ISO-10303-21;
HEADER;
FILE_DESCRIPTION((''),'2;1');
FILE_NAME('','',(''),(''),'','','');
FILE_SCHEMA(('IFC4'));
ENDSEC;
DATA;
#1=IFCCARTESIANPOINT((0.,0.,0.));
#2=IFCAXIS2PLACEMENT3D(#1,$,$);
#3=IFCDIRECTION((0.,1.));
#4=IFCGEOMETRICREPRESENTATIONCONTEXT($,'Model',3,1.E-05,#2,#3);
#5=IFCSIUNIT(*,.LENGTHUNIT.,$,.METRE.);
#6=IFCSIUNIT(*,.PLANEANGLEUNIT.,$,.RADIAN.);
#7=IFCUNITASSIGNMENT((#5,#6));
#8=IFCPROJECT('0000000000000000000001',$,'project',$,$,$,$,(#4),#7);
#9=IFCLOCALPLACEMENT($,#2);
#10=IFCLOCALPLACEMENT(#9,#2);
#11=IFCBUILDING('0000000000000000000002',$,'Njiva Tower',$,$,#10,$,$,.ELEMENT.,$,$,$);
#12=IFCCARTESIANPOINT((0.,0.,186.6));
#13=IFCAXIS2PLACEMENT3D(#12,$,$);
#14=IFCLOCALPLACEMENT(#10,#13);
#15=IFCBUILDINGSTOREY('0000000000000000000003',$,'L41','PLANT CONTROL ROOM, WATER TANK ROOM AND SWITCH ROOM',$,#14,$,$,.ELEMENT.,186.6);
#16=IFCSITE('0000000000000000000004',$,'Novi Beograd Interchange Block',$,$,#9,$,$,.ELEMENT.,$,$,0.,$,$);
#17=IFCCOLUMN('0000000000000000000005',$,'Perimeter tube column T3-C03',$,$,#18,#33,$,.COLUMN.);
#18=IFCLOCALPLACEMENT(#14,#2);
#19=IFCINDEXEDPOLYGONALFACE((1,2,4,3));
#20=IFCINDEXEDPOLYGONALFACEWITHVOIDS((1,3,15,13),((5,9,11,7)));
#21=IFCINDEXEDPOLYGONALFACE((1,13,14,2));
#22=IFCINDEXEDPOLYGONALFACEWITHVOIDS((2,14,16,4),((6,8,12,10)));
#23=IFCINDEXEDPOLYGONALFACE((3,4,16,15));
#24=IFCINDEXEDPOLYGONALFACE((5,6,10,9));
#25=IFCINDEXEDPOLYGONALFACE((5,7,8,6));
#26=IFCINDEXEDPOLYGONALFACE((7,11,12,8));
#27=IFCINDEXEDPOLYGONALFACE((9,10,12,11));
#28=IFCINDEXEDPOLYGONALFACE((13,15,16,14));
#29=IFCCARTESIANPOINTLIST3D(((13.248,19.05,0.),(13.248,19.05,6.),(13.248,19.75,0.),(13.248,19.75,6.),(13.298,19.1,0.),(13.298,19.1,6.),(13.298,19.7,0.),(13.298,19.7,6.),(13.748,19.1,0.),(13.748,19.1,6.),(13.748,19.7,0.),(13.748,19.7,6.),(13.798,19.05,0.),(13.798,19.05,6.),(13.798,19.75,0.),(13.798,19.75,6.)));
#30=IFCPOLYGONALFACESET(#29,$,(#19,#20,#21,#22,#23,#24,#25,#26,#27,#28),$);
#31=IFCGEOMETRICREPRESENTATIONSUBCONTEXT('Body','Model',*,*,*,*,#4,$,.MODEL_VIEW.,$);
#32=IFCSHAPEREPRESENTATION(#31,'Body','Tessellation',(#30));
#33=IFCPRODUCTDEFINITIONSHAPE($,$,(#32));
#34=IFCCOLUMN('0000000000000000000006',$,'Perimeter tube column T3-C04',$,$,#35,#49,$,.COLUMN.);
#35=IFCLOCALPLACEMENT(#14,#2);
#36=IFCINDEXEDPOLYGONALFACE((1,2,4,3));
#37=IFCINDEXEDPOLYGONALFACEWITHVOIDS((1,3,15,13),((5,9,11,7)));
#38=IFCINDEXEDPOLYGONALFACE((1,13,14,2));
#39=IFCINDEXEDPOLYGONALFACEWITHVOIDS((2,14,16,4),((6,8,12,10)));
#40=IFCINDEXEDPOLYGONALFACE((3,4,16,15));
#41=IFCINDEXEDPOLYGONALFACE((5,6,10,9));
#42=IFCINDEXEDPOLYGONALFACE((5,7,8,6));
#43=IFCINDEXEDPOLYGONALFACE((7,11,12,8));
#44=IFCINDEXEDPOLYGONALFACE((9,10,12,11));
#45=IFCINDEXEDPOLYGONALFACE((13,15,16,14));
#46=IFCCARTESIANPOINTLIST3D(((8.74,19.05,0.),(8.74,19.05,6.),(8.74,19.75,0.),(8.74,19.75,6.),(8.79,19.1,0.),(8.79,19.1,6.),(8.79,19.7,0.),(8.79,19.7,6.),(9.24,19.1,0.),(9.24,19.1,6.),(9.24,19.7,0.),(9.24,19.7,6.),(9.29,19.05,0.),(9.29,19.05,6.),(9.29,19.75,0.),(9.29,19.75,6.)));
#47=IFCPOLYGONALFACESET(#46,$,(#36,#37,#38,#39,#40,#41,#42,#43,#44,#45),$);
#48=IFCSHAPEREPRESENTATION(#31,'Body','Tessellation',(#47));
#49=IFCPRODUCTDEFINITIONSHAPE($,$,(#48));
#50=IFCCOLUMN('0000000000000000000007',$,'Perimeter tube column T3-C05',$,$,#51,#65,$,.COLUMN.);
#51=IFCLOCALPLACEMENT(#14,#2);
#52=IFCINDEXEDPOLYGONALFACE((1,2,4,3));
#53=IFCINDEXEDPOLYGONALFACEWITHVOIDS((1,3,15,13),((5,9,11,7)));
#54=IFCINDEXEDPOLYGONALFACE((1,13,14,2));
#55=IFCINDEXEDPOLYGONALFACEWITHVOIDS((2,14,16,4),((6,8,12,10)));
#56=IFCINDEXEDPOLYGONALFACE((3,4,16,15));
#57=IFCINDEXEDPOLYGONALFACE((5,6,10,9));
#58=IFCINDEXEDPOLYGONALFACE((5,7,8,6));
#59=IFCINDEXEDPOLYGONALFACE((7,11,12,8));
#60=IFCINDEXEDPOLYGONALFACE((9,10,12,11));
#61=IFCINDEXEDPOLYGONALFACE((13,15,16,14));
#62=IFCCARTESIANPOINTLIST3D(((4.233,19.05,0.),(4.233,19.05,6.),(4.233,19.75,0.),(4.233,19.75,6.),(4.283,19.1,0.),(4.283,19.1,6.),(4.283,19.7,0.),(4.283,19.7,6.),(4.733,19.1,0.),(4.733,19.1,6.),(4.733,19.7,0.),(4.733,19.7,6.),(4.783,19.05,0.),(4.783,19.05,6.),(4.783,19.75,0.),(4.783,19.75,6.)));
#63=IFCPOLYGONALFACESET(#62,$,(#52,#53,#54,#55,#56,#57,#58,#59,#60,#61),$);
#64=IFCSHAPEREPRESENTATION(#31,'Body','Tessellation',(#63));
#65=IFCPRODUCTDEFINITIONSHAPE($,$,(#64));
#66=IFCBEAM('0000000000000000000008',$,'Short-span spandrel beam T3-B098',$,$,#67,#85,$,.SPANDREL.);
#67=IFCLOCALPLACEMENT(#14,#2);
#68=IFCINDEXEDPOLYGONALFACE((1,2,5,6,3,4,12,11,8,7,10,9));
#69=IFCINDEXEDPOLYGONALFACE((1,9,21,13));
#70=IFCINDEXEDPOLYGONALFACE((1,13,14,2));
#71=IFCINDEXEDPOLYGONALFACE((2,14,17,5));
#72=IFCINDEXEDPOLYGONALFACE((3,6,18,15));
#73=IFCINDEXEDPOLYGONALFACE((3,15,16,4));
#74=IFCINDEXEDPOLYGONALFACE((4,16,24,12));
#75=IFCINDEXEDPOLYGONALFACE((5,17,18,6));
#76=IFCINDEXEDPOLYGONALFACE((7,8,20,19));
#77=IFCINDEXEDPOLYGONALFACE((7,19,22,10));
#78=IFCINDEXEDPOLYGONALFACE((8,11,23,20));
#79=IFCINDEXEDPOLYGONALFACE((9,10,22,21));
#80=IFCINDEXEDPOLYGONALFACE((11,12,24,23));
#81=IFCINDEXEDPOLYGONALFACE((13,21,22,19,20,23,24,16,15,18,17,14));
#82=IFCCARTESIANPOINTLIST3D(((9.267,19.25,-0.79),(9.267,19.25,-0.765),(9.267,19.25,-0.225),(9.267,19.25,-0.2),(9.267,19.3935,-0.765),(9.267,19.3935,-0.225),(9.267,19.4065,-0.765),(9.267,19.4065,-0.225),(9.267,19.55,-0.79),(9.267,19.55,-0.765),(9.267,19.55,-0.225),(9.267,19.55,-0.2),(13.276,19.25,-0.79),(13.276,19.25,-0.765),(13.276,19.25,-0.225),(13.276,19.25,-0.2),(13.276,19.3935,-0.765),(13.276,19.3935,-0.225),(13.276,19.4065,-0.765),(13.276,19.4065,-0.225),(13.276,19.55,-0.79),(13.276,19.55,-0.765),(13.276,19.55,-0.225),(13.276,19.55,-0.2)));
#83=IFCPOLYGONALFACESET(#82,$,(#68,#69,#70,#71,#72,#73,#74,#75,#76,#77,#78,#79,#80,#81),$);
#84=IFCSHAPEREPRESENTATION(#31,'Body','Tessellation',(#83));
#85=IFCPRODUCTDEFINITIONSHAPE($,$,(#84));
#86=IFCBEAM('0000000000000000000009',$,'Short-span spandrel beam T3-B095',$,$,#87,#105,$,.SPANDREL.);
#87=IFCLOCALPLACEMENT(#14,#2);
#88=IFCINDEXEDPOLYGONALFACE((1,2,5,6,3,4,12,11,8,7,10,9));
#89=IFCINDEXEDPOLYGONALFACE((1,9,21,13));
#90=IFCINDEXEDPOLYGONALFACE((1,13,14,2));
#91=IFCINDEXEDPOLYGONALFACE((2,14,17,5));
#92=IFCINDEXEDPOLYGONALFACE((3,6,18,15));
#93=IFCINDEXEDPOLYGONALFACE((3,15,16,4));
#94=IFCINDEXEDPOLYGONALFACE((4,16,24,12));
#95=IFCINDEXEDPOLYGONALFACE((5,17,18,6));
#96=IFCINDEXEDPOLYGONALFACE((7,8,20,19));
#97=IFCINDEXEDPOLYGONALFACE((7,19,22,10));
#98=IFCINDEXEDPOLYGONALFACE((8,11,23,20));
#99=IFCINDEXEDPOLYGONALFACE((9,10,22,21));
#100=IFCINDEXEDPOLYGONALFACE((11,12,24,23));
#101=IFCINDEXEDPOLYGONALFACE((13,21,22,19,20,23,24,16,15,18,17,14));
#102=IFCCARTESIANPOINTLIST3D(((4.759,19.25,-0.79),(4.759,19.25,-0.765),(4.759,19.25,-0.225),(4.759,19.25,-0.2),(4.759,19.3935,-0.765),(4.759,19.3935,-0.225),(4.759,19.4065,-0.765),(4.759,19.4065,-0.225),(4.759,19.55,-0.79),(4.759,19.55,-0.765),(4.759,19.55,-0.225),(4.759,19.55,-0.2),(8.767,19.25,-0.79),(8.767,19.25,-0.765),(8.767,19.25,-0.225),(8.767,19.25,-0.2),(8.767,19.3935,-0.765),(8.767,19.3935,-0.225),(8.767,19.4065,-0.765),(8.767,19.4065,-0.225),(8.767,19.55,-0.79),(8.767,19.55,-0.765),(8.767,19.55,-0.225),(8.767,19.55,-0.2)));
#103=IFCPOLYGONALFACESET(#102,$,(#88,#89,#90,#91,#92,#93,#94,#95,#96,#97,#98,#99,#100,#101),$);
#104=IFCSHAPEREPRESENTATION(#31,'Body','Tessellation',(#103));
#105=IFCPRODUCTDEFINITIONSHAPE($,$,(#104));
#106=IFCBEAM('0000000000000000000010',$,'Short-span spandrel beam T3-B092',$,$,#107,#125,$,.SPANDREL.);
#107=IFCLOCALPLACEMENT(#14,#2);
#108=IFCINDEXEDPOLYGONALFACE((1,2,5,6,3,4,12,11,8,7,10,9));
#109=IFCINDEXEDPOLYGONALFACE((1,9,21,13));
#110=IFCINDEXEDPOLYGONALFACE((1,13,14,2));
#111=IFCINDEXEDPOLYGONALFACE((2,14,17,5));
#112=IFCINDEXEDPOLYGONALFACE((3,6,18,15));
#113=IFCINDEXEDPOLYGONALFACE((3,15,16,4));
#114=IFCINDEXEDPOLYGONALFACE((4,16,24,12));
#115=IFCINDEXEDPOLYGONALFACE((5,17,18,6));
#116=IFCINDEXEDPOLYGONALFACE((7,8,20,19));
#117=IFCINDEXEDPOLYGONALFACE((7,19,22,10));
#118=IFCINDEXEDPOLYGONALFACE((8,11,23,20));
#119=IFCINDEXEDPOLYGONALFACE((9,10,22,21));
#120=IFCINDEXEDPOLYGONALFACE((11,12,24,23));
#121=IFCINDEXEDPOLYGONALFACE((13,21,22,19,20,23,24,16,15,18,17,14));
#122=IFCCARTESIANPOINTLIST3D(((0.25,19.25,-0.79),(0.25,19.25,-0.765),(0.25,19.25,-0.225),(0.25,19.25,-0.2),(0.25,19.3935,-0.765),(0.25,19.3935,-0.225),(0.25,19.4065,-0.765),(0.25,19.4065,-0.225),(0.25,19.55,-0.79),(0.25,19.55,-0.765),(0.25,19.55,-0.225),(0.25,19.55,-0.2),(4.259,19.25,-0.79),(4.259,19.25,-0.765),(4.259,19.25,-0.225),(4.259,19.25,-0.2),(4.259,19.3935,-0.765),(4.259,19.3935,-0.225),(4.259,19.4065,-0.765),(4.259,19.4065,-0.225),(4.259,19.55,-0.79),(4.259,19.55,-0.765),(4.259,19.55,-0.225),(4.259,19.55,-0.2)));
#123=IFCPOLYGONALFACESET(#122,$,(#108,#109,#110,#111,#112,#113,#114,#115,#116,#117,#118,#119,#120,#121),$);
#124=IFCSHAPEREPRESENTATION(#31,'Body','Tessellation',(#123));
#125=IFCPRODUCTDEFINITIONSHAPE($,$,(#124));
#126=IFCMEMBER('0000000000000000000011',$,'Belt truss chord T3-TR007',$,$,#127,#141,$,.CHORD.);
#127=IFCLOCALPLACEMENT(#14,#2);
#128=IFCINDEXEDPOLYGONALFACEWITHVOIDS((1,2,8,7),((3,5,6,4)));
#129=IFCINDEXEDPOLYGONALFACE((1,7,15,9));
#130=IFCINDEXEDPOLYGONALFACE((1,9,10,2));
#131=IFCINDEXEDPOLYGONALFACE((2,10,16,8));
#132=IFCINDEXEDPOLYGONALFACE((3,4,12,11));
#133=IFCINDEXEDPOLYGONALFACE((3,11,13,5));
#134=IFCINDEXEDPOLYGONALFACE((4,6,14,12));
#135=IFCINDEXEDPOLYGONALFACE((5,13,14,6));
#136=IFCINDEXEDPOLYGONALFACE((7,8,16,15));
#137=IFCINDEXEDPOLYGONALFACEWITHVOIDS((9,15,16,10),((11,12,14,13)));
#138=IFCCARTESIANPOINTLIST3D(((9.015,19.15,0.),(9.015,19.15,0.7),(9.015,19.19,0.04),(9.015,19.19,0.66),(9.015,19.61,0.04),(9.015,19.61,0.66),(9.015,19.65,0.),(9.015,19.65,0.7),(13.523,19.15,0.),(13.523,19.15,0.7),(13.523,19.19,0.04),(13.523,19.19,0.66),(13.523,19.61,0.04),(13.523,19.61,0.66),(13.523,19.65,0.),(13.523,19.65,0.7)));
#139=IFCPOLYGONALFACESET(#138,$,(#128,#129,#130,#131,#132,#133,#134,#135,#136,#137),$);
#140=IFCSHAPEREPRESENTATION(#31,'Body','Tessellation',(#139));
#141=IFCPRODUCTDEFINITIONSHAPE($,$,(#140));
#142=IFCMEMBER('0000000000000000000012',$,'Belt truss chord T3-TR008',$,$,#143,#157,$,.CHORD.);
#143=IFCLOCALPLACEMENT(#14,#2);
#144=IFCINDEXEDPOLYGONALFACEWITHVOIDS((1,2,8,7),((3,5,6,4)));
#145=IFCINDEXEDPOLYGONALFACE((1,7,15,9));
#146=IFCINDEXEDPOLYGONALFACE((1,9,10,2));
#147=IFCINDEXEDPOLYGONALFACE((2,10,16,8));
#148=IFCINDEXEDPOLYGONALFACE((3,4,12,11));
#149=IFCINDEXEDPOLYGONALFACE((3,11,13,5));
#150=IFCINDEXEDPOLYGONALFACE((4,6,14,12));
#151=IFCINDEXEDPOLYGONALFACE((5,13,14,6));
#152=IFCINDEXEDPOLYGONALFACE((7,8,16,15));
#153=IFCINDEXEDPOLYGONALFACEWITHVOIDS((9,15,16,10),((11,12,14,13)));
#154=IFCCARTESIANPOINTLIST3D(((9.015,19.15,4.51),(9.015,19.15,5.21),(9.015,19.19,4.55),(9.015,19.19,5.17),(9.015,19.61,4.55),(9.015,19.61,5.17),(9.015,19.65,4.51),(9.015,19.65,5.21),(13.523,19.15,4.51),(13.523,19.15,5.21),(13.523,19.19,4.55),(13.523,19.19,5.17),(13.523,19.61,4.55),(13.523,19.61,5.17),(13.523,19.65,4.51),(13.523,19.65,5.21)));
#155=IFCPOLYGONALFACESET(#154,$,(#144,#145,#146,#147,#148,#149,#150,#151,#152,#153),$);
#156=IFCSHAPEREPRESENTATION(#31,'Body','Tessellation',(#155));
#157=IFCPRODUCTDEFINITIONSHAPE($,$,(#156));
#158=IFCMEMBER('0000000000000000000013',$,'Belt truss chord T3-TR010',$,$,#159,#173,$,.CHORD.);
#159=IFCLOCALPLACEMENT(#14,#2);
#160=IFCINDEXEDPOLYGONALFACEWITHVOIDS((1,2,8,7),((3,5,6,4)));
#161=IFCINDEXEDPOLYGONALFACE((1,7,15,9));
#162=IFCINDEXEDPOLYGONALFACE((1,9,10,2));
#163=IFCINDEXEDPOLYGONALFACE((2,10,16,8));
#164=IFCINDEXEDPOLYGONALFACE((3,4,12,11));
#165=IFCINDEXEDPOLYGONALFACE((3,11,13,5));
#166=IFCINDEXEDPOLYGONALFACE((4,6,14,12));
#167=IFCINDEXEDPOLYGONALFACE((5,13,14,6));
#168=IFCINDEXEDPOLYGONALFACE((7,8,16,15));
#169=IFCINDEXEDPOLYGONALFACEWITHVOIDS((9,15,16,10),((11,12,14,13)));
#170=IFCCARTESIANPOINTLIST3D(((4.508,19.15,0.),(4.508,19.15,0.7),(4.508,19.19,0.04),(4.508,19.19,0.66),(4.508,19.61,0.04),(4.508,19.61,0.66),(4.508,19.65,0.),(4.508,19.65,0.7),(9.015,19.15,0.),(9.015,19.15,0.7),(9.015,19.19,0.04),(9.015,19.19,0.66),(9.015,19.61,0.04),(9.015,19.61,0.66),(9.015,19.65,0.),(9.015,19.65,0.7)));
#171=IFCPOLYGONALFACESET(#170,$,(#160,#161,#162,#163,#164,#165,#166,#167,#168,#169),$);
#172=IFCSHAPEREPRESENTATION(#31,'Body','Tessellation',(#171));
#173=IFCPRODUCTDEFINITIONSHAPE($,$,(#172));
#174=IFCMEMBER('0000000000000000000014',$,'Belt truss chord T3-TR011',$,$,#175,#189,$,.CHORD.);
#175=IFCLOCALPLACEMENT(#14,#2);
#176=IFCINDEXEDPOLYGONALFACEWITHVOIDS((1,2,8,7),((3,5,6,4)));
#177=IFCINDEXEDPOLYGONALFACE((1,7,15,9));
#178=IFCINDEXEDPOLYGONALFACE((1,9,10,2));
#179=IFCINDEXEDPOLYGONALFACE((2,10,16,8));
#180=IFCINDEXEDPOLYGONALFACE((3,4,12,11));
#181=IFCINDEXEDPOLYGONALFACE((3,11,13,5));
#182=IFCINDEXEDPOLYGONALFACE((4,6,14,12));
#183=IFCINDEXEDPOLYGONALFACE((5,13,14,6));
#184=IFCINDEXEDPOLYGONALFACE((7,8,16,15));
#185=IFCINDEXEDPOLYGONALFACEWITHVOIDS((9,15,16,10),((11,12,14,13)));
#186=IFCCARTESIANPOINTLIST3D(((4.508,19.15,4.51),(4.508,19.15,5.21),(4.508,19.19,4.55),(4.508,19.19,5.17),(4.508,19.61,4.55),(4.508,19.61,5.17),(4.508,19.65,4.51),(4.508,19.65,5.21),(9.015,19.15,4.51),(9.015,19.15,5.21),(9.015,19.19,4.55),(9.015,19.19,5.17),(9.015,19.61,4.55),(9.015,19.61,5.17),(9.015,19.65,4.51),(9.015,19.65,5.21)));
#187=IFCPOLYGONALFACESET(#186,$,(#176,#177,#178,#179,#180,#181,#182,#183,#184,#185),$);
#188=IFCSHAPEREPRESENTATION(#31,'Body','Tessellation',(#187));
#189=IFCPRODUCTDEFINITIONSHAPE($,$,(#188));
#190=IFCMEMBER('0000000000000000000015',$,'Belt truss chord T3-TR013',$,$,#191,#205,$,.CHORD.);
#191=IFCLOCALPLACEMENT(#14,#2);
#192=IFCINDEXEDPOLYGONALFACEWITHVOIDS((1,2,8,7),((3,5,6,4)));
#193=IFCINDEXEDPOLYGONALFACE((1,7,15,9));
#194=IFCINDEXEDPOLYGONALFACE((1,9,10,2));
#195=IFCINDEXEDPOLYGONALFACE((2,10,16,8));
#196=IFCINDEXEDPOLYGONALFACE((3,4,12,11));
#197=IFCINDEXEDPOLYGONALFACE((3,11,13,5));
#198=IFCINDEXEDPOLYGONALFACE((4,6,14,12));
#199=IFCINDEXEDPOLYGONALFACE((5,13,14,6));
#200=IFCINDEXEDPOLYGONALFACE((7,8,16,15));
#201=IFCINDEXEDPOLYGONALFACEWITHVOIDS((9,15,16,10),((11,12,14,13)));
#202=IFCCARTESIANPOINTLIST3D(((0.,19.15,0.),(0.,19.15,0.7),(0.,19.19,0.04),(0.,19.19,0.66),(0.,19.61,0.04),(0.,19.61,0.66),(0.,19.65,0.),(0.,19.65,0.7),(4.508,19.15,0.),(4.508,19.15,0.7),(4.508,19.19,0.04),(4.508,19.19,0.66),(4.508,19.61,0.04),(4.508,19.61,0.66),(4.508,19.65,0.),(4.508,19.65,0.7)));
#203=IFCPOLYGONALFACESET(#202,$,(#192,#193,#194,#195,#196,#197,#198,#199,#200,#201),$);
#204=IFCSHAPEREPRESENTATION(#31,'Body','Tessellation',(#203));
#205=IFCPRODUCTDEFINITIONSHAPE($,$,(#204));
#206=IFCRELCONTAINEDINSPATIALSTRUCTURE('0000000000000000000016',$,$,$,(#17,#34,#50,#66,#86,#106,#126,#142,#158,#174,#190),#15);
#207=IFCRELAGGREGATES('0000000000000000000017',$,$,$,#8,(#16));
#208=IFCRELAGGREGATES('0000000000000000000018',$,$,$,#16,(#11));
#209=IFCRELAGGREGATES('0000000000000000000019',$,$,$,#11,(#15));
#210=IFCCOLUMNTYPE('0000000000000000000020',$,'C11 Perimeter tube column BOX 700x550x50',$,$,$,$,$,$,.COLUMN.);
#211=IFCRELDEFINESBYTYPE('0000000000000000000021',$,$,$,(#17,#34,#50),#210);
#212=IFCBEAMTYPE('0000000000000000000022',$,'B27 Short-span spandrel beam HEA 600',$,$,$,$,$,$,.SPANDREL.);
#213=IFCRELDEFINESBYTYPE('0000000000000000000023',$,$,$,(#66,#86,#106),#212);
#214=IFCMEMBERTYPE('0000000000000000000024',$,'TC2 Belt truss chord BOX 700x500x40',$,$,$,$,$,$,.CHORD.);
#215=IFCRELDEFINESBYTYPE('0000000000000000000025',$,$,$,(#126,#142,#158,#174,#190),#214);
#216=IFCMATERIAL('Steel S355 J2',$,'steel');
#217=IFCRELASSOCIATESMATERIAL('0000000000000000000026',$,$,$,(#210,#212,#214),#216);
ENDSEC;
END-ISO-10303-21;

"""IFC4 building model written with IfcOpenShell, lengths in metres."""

from ifc_helpers import new_model, si_unit, direction, frame, origin, origin_2d, place, context, subcontext, project, spatial, hollow_rectangle, i_section, extrude, material, material_profile, profile_set, type_object, element, save


model = new_model("IFC4")

# Units and contexts
model_context = context("Model", 3, precision=1e-05, world=origin(), true_north=direction((0.0, 1.0)))
body_context = subcontext(model_context, "Body", "Model", "MODEL_VIEW")
ifc_project = project(units=[si_unit("LENGTHUNIT", "METRE"), si_unit("PLANEANGLEUNIT", "RADIAN")], contexts=[model_context])

# Site, building, storey
site_placement = place(None, origin())
site = spatial("IfcSite", under=ifc_project, at=site_placement, Name="Novi Beograd Interchange Block", CompositionType="ELEMENT", RefElevation=0.0)
building_placement = place(site_placement, origin())
building = spatial("IfcBuilding", under=site, at=building_placement, Name="Njiva Tower", CompositionType="ELEMENT")
storey_placement = place(building_placement, frame((0.0, 0.0, 186.6)))
storey = spatial("IfcBuildingStorey", under=building, at=storey_placement, Name="L41", Description="PLANT CONTROL ROOM, WATER TANK ROOM AND SWITCH ROOM", CompositionType="ELEMENT", Elevation=186.6)

# Columns
ifc_material_1 = material(Name="Steel S355 J2", Category="steel")
ifc_material_profile_1 = material_profile(ifc_material_1, hollow_rectangle(XDim=0.55, YDim=0.7, WallThickness=0.05, at=origin_2d()), Name="BOX 700x550x50")
ifc_profile_set_1 = profile_set([ifc_material_profile_1], Name="Steel S355 J2")
column_type = type_object("IfcColumnType", Name="C11 Perimeter tube column BOX 700x550x50", PredefinedType="COLUMN", material=ifc_profile_set_1)
for number, where, z_axis, x_axis, name in (
    (1, (13.523, 19.4, 0.0), (0.0, 0.0, 1.0), (-1.0, 0.0, 0.0), "Perimeter tube column T3-C03"),
    (2, (9.015, 19.4, 0.0), (0.0, 0.0, 1.0), (-1.0, 0.0, 0.0), "Perimeter tube column T3-C04"),
    (3, (4.508, 19.4, 0.0), (0.0, 0.0, 1.0), (-1.0, 0.0, 0.0), "Perimeter tube column T3-C05"),
):
    element("IfcColumn", number, at=place(storey_placement, frame(where, z_axis=z_axis, x_axis=x_axis)), inside=storey, type_object=column_type, Name=name, PredefinedType="COLUMN", context=body_context, shape_type="SweptSolid", body=[
        extrude(hollow_rectangle(XDim=0.55, YDim=0.7, WallThickness=0.05, at=origin_2d()), origin(), (0.0, 0.0, 1.0), 6.0),
    ])

# Beams
ifc_material_profile_2 = material_profile(ifc_material_1, i_section(OverallWidth=0.3, OverallDepth=0.59, WebThickness=0.013, FlangeThickness=0.025, at=origin_2d()), Name="HEA 600")
ifc_profile_set_2 = profile_set([ifc_material_profile_2], Name="Steel S355 J2")
beam_type = type_object("IfcBeamType", Name="B27 Short-span spandrel beam HEA 600", PredefinedType="SPANDREL", material=ifc_profile_set_2)
beam_1_placement = place(storey_placement, frame((13.276, 19.4, -0.495), z_axis=(-1.0, 0.0, 0.0), x_axis=(0.0, -1.0, 0.0)))
element("IfcBeam", 4, at=beam_1_placement, inside=storey, type_object=beam_type, Name="Short-span spandrel beam T3-B098", PredefinedType="SPANDREL", context=body_context, shape_type="SweptSolid", body=[
    extrude(i_section(OverallWidth=0.3, OverallDepth=0.59, WebThickness=0.013, FlangeThickness=0.025, at=origin_2d()), origin(), (0.0, 0.0, 1.0), 4.009),
])
beam_2_placement = place(storey_placement, frame((8.767, 19.4, -0.495), z_axis=(-1.0, 0.0, 0.0), x_axis=(0.0, -1.0, 0.0)))
element("IfcBeam", 5, at=beam_2_placement, inside=storey, type_object=beam_type, Name="Short-span spandrel beam T3-B095", PredefinedType="SPANDREL", context=body_context, shape_type="SweptSolid", body=[
    extrude(i_section(OverallWidth=0.3, OverallDepth=0.59, WebThickness=0.013, FlangeThickness=0.025, at=origin_2d()), origin(), (0.0, 0.0, 1.0), 4.008),
])
beam_3_placement = place(storey_placement, frame((4.259, 19.4, -0.495), z_axis=(-1.0, 0.0, 0.0), x_axis=(0.0, -1.0, 0.0)))
element("IfcBeam", 6, at=beam_3_placement, inside=storey, type_object=beam_type, Name="Short-span spandrel beam T3-B092", PredefinedType="SPANDREL", context=body_context, shape_type="SweptSolid", body=[
    extrude(i_section(OverallWidth=0.3, OverallDepth=0.59, WebThickness=0.013, FlangeThickness=0.025, at=origin_2d()), origin(), (0.0, 0.0, 1.0), 4.009),
])

# Members
ifc_material_profile_3 = material_profile(ifc_material_1, hollow_rectangle(XDim=0.5, YDim=0.7, WallThickness=0.04, at=origin_2d()), Name="BOX 700x500x40")
ifc_profile_set_3 = profile_set([ifc_material_profile_3], Name="Steel S355 J2")
member_type_1 = type_object("IfcMemberType", Name="TC2 Belt truss chord BOX 700x500x40", PredefinedType="CHORD", material=ifc_profile_set_3)
for number, where, z_axis, x_axis, name in (
    (7, (13.523, 19.4, 0.35), (-1.0, 0.0, 0.0), (0.0, -1.0, 0.0), "Belt truss chord T3-TR007"),
    (8, (13.523, 19.4, 4.86), (-1.0, 0.0, 0.0), (0.0, -1.0, 0.0), "Belt truss chord T3-TR008"),
):
    element("IfcMember", number, at=place(storey_placement, frame(where, z_axis=z_axis, x_axis=x_axis)), inside=storey, type_object=member_type_1, Name=name, PredefinedType="CHORD", context=body_context, shape_type="SweptSolid", body=[
        extrude(hollow_rectangle(XDim=0.5, YDim=0.7, WallThickness=0.04, at=origin_2d()), origin(), (0.0, 0.0, 1.0), 4.508),
    ])
for number, where, z_axis, x_axis, name in (
    (9, (9.015, 19.4, 0.35), (-1.0, 0.0, 0.0), (0.0, -1.0, 0.0), "Belt truss chord T3-TR010"),
    (10, (9.015, 19.4, 4.86), (-1.0, 0.0, 0.0), (0.0, -1.0, 0.0), "Belt truss chord T3-TR011"),
):
    element("IfcMember", number, at=place(storey_placement, frame(where, z_axis=z_axis, x_axis=x_axis)), inside=storey, type_object=member_type_1, Name=name, PredefinedType="CHORD", context=body_context, shape_type="SweptSolid", body=[
        extrude(hollow_rectangle(XDim=0.5, YDim=0.7, WallThickness=0.04, at=origin_2d()), origin(), (0.0, 0.0, 1.0), 4.507),
    ])
for number, where, z_axis, x_axis, name in (
    (11, (4.508, 19.4, 0.35), (-1.0, 0.0, 0.0), (0.0, -1.0, 0.0), "Belt truss chord T3-TR013"),
):
    element("IfcMember", number, at=place(storey_placement, frame(where, z_axis=z_axis, x_axis=x_axis)), inside=storey, type_object=member_type_1, Name=name, PredefinedType="CHORD", context=body_context, shape_type="SweptSolid", body=[
        extrude(hollow_rectangle(XDim=0.5, YDim=0.7, WallThickness=0.04, at=origin_2d()), origin(), (0.0, 0.0, 1.0), 4.508),
    ])

save(model, "model.ifc")
